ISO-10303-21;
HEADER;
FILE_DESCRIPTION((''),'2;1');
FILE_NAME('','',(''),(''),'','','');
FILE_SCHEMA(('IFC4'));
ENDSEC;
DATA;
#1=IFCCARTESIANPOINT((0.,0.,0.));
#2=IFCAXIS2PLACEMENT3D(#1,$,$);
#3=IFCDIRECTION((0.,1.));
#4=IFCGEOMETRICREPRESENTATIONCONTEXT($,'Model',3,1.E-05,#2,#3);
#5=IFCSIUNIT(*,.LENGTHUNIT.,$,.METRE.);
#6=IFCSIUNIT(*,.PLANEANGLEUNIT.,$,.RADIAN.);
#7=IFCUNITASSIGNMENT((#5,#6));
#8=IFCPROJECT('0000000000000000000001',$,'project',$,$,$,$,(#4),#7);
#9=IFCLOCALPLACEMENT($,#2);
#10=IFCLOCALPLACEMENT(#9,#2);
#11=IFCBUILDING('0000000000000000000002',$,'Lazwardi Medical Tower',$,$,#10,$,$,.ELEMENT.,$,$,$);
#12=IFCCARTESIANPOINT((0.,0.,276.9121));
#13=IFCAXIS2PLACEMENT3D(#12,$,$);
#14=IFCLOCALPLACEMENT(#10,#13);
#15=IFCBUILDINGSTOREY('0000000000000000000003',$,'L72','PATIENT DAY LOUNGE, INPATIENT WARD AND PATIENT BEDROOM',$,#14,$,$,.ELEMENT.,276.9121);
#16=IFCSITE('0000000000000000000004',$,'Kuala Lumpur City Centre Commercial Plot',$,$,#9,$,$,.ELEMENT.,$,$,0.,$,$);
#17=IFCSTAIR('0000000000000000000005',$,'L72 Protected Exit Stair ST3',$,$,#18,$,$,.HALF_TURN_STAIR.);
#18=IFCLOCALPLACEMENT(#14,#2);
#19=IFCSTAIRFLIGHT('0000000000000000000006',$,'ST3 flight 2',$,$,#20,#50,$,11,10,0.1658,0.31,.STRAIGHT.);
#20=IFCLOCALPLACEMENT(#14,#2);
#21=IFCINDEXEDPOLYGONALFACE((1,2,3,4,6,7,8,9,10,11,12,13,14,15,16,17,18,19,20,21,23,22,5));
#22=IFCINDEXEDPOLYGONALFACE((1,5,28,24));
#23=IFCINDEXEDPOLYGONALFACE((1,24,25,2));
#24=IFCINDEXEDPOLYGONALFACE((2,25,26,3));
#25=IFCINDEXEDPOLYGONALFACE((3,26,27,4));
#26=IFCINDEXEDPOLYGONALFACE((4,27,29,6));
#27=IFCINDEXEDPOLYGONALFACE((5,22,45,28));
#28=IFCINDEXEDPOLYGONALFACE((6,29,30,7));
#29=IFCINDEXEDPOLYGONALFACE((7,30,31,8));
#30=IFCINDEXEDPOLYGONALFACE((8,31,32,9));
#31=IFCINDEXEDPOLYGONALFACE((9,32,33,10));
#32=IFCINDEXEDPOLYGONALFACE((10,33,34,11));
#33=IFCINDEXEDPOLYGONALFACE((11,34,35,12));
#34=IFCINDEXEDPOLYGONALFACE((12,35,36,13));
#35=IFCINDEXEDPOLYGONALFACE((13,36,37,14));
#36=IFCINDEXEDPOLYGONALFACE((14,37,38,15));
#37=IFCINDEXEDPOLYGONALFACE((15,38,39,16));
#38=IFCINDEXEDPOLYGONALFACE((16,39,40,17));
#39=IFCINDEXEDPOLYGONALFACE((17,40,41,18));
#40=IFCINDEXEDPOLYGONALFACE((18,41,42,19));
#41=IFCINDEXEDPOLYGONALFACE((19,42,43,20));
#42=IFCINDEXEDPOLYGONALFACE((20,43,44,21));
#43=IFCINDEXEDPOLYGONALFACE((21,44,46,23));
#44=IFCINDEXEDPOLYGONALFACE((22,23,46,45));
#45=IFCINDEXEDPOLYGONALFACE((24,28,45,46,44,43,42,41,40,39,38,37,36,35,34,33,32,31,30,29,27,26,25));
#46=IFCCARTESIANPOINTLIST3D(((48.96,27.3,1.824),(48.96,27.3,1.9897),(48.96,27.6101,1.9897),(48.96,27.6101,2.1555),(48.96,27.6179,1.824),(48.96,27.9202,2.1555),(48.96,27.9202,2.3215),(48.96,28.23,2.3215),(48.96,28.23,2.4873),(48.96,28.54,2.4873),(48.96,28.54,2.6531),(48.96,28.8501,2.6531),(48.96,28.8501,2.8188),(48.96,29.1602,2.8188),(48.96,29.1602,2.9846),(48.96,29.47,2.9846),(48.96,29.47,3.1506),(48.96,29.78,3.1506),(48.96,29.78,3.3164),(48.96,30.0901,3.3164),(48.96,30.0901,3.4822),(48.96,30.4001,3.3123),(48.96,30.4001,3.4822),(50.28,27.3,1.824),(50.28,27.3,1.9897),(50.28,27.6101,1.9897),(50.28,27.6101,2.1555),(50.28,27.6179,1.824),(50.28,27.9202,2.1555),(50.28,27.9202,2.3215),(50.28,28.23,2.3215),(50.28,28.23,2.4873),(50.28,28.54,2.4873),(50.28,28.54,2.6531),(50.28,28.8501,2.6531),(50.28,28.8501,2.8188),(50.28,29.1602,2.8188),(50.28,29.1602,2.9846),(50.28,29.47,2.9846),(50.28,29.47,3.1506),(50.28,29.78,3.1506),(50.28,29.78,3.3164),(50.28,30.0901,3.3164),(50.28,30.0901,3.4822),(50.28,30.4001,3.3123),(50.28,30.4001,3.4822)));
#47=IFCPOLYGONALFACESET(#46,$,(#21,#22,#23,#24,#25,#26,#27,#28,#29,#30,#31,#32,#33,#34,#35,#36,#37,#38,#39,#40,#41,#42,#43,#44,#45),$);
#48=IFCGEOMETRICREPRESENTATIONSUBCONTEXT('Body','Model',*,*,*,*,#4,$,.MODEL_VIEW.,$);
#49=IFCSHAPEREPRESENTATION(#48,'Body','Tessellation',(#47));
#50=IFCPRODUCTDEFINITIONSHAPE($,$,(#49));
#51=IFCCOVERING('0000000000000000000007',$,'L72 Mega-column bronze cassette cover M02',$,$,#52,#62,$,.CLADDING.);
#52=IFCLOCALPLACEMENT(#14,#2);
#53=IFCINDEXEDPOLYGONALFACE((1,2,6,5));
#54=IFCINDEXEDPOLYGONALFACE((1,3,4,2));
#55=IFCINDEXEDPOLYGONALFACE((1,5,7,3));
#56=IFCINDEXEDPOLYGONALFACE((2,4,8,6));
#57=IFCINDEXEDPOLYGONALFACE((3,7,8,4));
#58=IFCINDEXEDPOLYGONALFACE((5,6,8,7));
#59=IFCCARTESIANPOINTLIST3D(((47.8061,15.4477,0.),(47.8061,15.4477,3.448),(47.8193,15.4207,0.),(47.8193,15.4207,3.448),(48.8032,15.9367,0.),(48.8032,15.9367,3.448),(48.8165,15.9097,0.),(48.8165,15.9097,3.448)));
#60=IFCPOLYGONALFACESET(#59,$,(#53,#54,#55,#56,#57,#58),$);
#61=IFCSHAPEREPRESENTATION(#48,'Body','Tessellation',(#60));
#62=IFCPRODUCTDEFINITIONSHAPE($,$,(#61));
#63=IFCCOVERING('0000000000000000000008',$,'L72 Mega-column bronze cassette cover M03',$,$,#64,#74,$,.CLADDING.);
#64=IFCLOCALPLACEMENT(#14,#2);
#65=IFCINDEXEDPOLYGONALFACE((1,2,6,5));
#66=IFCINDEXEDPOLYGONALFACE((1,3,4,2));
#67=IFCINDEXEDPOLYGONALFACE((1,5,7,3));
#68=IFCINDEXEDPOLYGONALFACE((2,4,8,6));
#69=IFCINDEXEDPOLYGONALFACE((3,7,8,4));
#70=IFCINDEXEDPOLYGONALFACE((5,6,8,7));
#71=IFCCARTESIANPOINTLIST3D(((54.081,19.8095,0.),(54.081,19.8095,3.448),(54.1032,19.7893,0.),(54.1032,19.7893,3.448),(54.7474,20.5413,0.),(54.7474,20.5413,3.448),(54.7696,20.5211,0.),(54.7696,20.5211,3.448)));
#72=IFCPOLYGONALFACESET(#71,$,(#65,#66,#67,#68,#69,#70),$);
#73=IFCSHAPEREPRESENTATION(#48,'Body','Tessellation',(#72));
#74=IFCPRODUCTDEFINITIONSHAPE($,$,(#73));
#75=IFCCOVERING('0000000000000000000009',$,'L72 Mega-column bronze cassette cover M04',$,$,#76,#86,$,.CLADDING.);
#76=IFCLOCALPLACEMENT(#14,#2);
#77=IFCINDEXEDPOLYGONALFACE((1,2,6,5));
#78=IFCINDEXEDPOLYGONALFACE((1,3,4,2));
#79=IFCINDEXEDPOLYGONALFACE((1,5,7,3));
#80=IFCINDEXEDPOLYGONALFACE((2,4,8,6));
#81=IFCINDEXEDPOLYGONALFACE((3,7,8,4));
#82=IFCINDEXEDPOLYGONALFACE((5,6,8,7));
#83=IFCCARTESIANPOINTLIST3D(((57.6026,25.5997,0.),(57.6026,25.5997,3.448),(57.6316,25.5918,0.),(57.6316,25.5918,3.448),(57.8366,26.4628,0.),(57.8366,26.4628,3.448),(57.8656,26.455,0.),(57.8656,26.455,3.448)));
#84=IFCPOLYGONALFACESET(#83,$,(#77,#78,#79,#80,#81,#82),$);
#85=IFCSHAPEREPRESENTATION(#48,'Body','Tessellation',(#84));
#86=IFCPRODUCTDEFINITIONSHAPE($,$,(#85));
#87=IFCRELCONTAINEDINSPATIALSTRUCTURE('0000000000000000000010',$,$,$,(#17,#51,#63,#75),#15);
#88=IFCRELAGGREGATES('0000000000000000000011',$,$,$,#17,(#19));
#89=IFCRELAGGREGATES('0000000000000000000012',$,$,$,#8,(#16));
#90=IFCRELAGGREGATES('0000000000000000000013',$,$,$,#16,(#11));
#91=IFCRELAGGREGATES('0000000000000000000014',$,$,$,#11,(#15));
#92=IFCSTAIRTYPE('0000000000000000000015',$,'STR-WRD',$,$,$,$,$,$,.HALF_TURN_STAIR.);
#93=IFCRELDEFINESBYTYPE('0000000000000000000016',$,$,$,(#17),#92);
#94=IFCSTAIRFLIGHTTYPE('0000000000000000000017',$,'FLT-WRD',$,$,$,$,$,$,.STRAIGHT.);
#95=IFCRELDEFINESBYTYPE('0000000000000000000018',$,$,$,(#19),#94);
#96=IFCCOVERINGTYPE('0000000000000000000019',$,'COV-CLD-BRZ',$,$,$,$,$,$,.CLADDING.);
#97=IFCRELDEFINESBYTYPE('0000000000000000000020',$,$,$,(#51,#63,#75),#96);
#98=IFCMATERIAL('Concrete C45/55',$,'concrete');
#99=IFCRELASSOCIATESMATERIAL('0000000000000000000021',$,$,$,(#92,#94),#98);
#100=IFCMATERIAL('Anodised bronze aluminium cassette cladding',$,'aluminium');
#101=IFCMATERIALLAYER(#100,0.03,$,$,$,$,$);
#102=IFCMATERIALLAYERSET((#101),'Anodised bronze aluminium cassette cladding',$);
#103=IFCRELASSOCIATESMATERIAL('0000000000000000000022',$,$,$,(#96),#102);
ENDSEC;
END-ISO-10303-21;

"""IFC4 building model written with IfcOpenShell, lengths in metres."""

from ifc_helpers import new_model, si_unit, direction, frame, origin, origin_2d, place, context, subcontext, project, spatial, polyline, rectangle, outline, extrude, material, layer, layer_set, type_object, element, aggregate, save


model = new_model("IFC4")

# Units and contexts
model_context = context("Model", 3, precision=1e-05, world=origin(), true_north=direction((0.0, 1.0)))
body_context = subcontext(model_context, "Body", "Model", "MODEL_VIEW")
ifc_project = project(units=[si_unit("LENGTHUNIT", "METRE"), si_unit("PLANEANGLEUNIT", "RADIAN")], contexts=[model_context])

# Site, building, storey
site_placement = place(None, origin())
site = spatial("IfcSite", under=ifc_project, at=site_placement, Name="Kuala Lumpur City Centre Commercial Plot", CompositionType="ELEMENT", RefElevation=0.0)
building_placement = place(site_placement, origin())
building = spatial("IfcBuilding", under=site, at=building_placement, Name="Lazwardi Medical Tower", CompositionType="ELEMENT")
storey_placement = place(building_placement, frame((0.0, 0.0, 276.9121)))
storey = spatial("IfcBuildingStorey", under=building, at=storey_placement, Name="L72", Description="PATIENT DAY LOUNGE, INPATIENT WARD AND PATIENT BEDROOM", CompositionType="ELEMENT", Elevation=276.9121)

# Stair, stair flight
ifc_material_1 = material(Name="Concrete C45/55", Category="concrete")
stair_type = type_object("IfcStairType", Name="STR-WRD", PredefinedType="HALF_TURN_STAIR", material=ifc_material_1)
stair_placement = place(storey_placement, origin())
stair = element("IfcStair", 1, at=stair_placement, inside=storey, type_object=stair_type, Name="L72 Protected Exit Stair ST3", PredefinedType="HALF_TURN_STAIR")
stair_flight_type = type_object("IfcStairFlightType", Name="FLT-WRD", PredefinedType="STRAIGHT", material=ifc_material_1)
stair_flight_placement = place(storey_placement, frame((49.6201, 27.3, 1.824), z_axis=(0.0, 0.0, 1.0), x_axis=(0.0, 1.0, 0.0)))
stair_flight = element("IfcStairFlight", 2, at=stair_flight_placement, type_object=stair_flight_type, Name="ST3 flight 2", NumberOfRisers=11, NumberOfTreads=10, PredefinedType="STRAIGHT", RiserHeight=0.1658, TreadLength=0.31, context=body_context, shape_type="SweptSolid", body=[
    extrude(outline(polyline([(0.0, 0.0), (0.0, 0.1658), (0.3101, 0.1658), (0.3101, 0.3315), (0.6201, 0.3315), (0.6201, 0.4976), (0.9299, 0.4976), (0.9299, 0.6633), (1.24, 0.6633), (1.24, 0.8291), (1.55, 0.8291), (1.55, 0.9949), (1.8601, 0.9949), (1.8601, 1.1606), (2.1699, 1.1606), (2.1699, 1.3267), (2.48, 1.3267), (2.48, 1.4924), (2.79, 1.4924), (2.79, 1.6582), (3.1001, 1.6582), (3.1001, 1.824), (3.1001, 1.4883), (0.3179, 0.0), (0.0, 0.0)])), frame((0.0, 0.6602, 0.0), z_axis=(0.0, -1.0, 0.0), x_axis=(1.0, 0.0, 0.0)), (0.0, 0.0, 1.0), 1.3201),
])
aggregate(stair, [stair_flight])

# Coverings
ifc_material_2 = material(Name="Anodised bronze aluminium cassette cladding", Category="aluminium")
ifc_layer_1 = layer(ifc_material_2, 0.03)
ifc_layer_set_1 = layer_set([ifc_layer_1], Name="Anodised bronze aluminium cassette cladding")
covering_type = type_object("IfcCoveringType", Name="COV-CLD-BRZ", PredefinedType="CLADDING", material=ifc_layer_set_1)
covering_1_placement = place(storey_placement, frame((48.3113, 15.6787, 0.0), z_axis=(0.0, 0.0, 1.0), x_axis=(0.89784, 0.440322, 0.0)))
element("IfcCovering", 3, at=covering_1_placement, inside=storey, type_object=covering_type, Name="L72 Mega-column bronze cassette cover M02", PredefinedType="CLADDING", context=body_context, shape_type="SweptSolid", body=[
    extrude(rectangle(XDim=1.1106, YDim=0.03, at=origin_2d()), origin(), (0.0, 0.0, 1.0), 3.448),
])
covering_2_placement = place(storey_placement, frame((54.4253, 20.1653, 0.0), z_axis=(0.0, 0.0, 1.0), x_axis=(0.673241, 0.739423, 0.0)))
element("IfcCovering", 4, at=covering_2_placement, inside=storey, type_object=covering_type, Name="L72 Mega-column bronze cassette cover M03", PredefinedType="CLADDING", context=body_context, shape_type="SweptSolid", body=[
    extrude(rectangle(XDim=0.9897, YDim=0.03, at=origin_2d()), origin(), (0.0, 0.0, 1.0), 3.448),
])
covering_3_placement = place(storey_placement, frame((57.7341, 26.0273, 0.0), z_axis=(0.0, 0.0, 1.0), x_axis=(0.261642, 0.965165, 0.0)))
element("IfcCovering", 5, at=covering_3_placement, inside=storey, type_object=covering_type, Name="L72 Mega-column bronze cassette cover M04", PredefinedType="CLADDING", context=body_context, shape_type="SweptSolid", body=[
    extrude(rectangle(XDim=0.8943, YDim=0.03, at=origin_2d()), origin(), (0.0, 0.0, 1.0), 3.448),
])

save(model, "model.ifc")
